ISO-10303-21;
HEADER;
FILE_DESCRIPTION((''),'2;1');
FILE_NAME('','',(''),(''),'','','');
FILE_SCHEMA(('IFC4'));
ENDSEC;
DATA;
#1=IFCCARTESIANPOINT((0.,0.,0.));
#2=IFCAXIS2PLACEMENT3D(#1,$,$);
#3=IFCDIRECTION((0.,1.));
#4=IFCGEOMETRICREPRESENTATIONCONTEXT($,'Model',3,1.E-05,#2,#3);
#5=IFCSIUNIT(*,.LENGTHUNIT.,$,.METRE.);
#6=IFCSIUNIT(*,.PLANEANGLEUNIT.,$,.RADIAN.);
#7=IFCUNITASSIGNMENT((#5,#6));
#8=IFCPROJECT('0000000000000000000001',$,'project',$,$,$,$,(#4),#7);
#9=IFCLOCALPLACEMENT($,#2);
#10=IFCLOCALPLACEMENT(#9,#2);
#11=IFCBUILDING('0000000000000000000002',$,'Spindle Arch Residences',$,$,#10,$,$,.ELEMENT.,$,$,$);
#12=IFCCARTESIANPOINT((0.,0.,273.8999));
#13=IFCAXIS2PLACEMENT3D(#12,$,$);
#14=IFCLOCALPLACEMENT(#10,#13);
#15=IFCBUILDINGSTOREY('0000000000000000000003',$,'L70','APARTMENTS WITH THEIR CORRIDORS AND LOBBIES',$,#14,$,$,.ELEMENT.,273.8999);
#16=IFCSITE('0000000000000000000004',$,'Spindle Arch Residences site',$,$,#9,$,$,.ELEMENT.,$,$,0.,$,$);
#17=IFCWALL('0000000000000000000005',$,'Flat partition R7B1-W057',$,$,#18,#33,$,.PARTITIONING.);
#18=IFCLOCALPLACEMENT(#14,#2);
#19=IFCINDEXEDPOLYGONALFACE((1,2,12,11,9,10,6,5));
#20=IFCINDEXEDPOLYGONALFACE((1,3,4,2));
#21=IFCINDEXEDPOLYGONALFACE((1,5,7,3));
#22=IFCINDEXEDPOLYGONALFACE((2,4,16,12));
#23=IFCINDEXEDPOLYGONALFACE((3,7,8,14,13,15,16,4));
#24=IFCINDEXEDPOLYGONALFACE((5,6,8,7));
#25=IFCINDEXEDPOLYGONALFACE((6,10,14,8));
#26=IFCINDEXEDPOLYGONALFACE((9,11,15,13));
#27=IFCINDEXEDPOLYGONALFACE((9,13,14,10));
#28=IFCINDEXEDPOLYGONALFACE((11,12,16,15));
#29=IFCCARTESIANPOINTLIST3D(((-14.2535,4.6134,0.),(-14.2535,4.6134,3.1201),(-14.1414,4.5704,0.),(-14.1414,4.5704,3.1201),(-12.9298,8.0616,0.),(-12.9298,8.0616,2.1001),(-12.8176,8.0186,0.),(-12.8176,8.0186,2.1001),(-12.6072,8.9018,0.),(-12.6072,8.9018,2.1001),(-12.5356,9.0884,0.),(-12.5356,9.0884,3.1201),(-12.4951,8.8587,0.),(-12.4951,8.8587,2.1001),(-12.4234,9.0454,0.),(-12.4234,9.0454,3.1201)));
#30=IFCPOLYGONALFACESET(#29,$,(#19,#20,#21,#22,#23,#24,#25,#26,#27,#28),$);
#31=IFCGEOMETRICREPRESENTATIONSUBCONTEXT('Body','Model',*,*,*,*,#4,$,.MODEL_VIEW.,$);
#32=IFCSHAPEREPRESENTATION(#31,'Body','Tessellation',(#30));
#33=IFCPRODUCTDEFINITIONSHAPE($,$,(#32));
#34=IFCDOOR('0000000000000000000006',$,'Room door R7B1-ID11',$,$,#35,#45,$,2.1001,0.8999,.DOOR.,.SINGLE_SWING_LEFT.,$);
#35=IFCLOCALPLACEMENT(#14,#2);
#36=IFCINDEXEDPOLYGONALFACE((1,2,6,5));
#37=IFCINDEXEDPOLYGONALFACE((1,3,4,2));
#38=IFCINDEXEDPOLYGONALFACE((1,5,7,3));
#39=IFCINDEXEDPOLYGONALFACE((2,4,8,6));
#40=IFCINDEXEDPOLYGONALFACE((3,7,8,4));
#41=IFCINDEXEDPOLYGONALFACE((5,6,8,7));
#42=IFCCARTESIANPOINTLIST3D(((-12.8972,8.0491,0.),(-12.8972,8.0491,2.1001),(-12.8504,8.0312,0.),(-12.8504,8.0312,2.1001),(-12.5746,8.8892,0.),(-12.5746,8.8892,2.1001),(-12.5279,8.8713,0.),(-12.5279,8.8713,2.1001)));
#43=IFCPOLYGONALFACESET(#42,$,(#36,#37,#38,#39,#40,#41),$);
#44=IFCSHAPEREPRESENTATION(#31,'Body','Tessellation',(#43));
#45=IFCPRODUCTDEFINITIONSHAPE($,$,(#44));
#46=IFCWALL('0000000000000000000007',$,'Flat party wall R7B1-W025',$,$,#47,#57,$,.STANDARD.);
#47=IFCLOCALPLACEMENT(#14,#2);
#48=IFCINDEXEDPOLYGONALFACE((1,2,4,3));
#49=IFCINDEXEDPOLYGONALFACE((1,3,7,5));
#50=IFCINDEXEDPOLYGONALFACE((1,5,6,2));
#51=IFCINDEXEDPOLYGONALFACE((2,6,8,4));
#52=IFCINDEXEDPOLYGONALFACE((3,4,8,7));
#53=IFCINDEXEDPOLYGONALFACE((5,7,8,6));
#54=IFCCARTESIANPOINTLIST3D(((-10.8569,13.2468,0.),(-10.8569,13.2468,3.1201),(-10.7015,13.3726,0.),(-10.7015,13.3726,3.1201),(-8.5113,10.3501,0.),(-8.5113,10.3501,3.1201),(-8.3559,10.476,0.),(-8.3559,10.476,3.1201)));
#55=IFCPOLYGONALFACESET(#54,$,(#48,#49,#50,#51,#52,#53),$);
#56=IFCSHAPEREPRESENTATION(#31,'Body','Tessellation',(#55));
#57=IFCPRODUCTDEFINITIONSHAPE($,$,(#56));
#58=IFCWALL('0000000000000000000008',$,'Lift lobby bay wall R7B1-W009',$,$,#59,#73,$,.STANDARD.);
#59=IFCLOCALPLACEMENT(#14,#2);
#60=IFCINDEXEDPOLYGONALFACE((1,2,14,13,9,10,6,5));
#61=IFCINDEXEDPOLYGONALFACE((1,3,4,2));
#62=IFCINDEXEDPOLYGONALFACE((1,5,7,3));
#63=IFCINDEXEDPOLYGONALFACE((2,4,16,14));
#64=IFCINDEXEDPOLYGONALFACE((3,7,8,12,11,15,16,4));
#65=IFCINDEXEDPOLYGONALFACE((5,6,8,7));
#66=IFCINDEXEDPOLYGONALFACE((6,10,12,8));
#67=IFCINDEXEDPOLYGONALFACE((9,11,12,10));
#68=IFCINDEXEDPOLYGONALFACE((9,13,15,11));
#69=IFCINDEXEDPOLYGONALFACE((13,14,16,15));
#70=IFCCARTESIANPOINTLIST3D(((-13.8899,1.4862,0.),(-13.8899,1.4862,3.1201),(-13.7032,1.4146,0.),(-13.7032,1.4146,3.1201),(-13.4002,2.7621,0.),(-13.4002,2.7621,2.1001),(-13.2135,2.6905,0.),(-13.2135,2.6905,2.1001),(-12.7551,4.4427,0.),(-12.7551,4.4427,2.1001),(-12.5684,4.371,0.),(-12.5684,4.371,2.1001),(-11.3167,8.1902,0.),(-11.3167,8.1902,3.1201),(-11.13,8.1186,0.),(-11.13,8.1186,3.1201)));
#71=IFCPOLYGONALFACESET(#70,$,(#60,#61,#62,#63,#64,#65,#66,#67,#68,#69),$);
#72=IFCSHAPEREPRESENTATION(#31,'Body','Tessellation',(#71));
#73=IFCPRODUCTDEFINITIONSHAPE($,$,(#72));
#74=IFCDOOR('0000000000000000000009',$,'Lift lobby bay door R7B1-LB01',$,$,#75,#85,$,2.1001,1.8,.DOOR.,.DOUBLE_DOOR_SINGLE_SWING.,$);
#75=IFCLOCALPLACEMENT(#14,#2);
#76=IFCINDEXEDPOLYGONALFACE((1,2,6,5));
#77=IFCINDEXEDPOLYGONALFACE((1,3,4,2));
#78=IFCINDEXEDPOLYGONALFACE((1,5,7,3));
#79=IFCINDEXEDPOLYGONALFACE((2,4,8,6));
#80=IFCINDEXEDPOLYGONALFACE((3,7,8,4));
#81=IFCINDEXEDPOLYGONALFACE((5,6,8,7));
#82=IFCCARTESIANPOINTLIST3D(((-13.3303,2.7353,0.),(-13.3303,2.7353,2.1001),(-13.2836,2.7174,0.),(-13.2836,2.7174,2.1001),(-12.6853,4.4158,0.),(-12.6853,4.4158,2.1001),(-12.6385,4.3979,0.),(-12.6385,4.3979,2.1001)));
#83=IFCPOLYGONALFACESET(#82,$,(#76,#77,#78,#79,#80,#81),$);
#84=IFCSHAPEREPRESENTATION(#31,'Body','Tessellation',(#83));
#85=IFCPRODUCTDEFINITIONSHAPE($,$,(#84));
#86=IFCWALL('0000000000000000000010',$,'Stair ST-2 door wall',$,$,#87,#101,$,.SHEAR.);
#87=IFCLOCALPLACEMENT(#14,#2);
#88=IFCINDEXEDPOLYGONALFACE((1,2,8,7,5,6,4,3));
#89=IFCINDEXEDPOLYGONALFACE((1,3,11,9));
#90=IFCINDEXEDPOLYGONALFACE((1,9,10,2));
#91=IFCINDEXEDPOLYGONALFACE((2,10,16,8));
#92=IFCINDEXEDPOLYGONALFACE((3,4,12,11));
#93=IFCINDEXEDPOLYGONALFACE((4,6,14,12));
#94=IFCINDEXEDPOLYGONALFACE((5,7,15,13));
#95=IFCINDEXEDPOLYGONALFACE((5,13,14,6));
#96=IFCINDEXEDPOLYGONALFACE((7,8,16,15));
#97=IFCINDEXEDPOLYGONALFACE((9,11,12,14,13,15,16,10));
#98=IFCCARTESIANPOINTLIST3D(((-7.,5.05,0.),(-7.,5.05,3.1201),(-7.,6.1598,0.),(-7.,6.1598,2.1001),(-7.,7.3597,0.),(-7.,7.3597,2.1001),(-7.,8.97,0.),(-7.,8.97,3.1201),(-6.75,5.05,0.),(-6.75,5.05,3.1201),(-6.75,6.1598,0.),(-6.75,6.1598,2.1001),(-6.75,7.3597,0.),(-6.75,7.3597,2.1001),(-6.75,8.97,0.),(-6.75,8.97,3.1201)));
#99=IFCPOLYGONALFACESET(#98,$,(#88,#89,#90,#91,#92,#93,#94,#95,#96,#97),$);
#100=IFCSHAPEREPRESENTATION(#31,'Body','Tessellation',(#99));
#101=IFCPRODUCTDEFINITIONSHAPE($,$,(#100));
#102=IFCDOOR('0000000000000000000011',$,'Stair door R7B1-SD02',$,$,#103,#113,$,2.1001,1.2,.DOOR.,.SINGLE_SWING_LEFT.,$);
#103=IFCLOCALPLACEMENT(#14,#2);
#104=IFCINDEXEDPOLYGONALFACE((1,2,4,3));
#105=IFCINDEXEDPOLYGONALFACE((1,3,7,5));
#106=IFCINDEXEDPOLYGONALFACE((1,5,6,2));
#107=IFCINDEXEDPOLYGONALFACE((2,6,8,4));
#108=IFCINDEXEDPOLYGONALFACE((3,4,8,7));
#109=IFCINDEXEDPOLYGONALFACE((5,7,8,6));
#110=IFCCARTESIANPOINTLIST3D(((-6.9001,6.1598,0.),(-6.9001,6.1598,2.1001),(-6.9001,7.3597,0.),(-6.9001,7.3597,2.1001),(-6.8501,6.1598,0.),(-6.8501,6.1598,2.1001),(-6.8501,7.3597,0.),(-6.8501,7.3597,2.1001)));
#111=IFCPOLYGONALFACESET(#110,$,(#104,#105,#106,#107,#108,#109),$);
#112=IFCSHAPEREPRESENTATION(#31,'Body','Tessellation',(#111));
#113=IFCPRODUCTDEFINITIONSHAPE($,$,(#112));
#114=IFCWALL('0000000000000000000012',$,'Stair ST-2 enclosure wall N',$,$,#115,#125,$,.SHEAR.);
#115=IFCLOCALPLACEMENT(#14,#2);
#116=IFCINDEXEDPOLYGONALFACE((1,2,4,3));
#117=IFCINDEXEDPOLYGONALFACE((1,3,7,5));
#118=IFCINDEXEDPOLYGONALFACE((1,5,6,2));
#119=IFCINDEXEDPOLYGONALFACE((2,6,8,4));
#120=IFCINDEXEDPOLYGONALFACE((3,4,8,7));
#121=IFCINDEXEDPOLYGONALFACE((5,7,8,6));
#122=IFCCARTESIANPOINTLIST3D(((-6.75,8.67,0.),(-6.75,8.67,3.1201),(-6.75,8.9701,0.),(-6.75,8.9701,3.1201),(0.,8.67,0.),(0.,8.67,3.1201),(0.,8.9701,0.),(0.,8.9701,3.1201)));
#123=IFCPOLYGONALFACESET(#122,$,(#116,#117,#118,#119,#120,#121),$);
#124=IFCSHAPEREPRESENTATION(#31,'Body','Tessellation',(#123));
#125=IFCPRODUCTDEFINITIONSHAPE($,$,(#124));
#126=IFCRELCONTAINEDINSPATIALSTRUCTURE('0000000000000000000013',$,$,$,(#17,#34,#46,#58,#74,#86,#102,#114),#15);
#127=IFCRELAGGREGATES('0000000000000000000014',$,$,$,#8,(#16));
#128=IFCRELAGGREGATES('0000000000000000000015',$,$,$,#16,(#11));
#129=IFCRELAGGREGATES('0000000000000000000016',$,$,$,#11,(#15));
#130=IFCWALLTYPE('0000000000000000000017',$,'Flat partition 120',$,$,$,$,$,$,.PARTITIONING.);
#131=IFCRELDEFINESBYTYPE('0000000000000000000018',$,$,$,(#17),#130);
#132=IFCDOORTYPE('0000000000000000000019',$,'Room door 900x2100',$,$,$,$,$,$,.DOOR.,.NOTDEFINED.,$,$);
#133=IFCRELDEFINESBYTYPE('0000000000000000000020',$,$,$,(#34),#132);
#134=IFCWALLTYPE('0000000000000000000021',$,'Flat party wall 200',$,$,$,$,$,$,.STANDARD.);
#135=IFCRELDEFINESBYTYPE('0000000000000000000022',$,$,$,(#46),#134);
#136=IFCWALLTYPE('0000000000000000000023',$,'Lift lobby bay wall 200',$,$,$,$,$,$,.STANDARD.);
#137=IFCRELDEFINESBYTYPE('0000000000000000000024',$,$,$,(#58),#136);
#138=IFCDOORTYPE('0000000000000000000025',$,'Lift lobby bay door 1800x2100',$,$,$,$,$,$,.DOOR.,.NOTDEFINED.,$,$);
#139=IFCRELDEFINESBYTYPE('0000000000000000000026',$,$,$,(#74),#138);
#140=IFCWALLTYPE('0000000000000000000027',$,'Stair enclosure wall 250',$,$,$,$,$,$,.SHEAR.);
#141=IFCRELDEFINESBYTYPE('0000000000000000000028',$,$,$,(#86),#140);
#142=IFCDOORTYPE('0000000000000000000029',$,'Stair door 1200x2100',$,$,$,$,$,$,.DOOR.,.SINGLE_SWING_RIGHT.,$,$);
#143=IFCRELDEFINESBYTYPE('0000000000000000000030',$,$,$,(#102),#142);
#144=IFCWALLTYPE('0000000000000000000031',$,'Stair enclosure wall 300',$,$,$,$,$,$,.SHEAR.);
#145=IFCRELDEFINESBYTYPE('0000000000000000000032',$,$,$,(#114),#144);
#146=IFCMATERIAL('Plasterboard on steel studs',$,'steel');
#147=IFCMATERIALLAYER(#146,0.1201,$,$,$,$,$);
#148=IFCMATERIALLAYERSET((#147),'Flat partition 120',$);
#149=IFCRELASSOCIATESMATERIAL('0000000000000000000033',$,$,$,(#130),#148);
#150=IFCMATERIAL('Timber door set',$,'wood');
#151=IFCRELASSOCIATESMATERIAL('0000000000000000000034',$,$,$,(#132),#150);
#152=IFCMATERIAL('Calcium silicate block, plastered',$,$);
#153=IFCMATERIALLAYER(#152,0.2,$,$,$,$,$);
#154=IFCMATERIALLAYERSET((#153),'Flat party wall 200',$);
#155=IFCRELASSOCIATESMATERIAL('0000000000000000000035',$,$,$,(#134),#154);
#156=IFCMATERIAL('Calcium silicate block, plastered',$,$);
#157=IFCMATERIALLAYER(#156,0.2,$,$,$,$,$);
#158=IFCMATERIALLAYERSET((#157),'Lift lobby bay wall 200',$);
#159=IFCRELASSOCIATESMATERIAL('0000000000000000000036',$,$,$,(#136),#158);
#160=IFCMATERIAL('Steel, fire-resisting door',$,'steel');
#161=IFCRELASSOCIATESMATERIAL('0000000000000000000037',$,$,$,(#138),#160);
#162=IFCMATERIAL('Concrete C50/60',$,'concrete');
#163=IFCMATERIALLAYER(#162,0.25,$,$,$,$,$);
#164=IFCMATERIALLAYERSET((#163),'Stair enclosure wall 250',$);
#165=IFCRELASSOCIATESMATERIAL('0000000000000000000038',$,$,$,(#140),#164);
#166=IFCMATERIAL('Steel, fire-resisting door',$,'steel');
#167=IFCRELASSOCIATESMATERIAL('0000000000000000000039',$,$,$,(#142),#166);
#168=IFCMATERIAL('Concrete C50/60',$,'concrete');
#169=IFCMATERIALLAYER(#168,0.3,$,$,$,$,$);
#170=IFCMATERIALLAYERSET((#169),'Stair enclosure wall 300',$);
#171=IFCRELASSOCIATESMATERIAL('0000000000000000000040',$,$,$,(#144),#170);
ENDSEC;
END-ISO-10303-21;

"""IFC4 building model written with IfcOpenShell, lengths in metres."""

from ifc_helpers import new_model, si_unit, direction, frame, frame_2d, origin, place, context, subcontext, project, spatial, rectangle, extrude, material, layer, layer_set, type_object, element, fill, save


model = new_model("IFC4")

# Units and contexts
model_context = context("Model", 3, precision=1e-05, world=origin(), true_north=direction((0.0, 1.0)))
body_context = subcontext(model_context, "Body", "Model", "MODEL_VIEW")
ifc_project = project(units=[si_unit("LENGTHUNIT", "METRE"), si_unit("PLANEANGLEUNIT", "RADIAN")], contexts=[model_context])

# Site, building, storey
site_placement = place(None, origin())
site = spatial("IfcSite", under=ifc_project, at=site_placement, Name="Spindle Arch Residences site", CompositionType="ELEMENT", RefElevation=0.0)
building_placement = place(site_placement, origin())
building = spatial("IfcBuilding", under=site, at=building_placement, Name="Spindle Arch Residences", CompositionType="ELEMENT")
storey_placement = place(building_placement, frame((0.0, 0.0, 273.8999)))
storey = spatial("IfcBuildingStorey", under=building, at=storey_placement, Name="L70", Description="APARTMENTS WITH THEIR CORRIDORS AND LOBBIES", CompositionType="ELEMENT", Elevation=273.8999)

# Shared definitions
ifc_material_1 = material(Name="Plasterboard on steel studs", Category="steel")
ifc_layer_1 = layer(ifc_material_1, 0.1201)
ifc_layer_set_1 = layer_set([ifc_layer_1], Name="Flat partition 120")
wall_type_1 = type_object("IfcWallType", Name="Flat partition 120", PredefinedType="PARTITIONING", material=ifc_layer_set_1)

# Shared definitions
ifc_material_2 = material(Name="Timber door set", Category="wood")
door_type_1 = type_object("IfcDoorType", Name="Room door 900x2100", OperationType="NOTDEFINED", PredefinedType="DOOR", material=ifc_material_2)

# Wall, opening, door
wall_1_placement = place(storey_placement, frame((-12.4795, 9.0669, 0.0), z_axis=(0.0, 0.0, 1.0), x_axis=(-0.358402, -0.933567, 0.0)))
wall_1 = element("IfcWall", 1, at=wall_1_placement, inside=storey, type_object=wall_type_1, Name="Flat partition R7B1-W057", PredefinedType="PARTITIONING", context=body_context, shape_type="SweptSolid", body=[
    extrude(rectangle(XDim=4.7935, YDim=0.1201, at=frame_2d((2.3967, 0.0))), origin(), (0.0, 0.0, 1.0), 3.1201),
])
opening_1_placement = place(wall_1_placement, frame((0.2, 0.0, 0.0)))
opening_1 = element("IfcOpeningElement", 2, at=opening_1_placement, cuts=wall_1, PredefinedType="OPENING", context=body_context, shape_type="SweptSolid", body=[
    extrude(rectangle(XDim=0.8999, YDim=2.1001, at=frame_2d((0.45, 1.05))), frame((0.0, 0.0701, 0.0), z_axis=(0.0, -1.0, 0.0), x_axis=(1.0, 0.0, 0.0)), (0.0, 0.0, 1.0), 0.1401),
])
door_1_placement = place(opening_1_placement, origin())
door_1 = element("IfcDoor", 3, at=door_1_placement, inside=storey, type_object=door_type_1, Name="Room door R7B1-ID11", OperationType="SINGLE_SWING_LEFT", OverallHeight=2.1001, OverallWidth=0.8999, PredefinedType="DOOR", context=body_context, shape_type="SweptSolid", body=[
    extrude(rectangle(XDim=0.8999, YDim=2.1001, at=frame_2d((0.45, 1.05))), frame((0.0, 0.0249, 0.0), z_axis=(0.0, -1.0, 0.0), x_axis=(1.0, 0.0, 0.0)), (0.0, 0.0, 1.0), 0.05),
])
fill(opening_1, door_1)

# Wall
ifc_material_3 = material(Name="Calcium silicate block, plastered")
ifc_layer_2 = layer(ifc_material_3, 0.2)
ifc_layer_set_2 = layer_set([ifc_layer_2], Name="Flat party wall 200")
wall_type_2 = type_object("IfcWallType", Name="Flat party wall 200", PredefinedType="STANDARD", material=ifc_layer_set_2)
wall_2_placement = place(storey_placement, frame((-10.7793, 13.3098, 0.0), z_axis=(0.0, 0.0, 1.0), x_axis=(0.629317, -0.777149, 0.0)))
element("IfcWall", 4, at=wall_2_placement, inside=storey, type_object=wall_type_2, Name="Flat party wall R7B1-W025", PredefinedType="STANDARD", context=body_context, shape_type="SweptSolid", body=[
    extrude(rectangle(XDim=3.7273, YDim=0.2, at=frame_2d((1.8638, 0.0))), origin(), (0.0, 0.0, 1.0), 3.1201),
])

# Walls, openings, doors
ifc_material_4 = material(Name="Calcium silicate block, plastered")
ifc_layer_3 = layer(ifc_material_4, 0.2)
ifc_layer_set_3 = layer_set([ifc_layer_3], Name="Lift lobby bay wall 200")
wall_type_3 = type_object("IfcWallType", Name="Lift lobby bay wall 200", PredefinedType="STANDARD", material=ifc_layer_set_3)
wall_3_placement = place(storey_placement, frame((-11.2234, 8.1543, 0.0), z_axis=(0.0, 0.0, 1.0), x_axis=(-0.358341, -0.933591, 0.0)))
wall_3 = element("IfcWall", 5, at=wall_3_placement, inside=storey, type_object=wall_type_3, Name="Lift lobby bay wall R7B1-W009", PredefinedType="STANDARD", context=body_context, shape_type="SweptSolid", body=[
    extrude(rectangle(XDim=7.1809, YDim=0.2, at=frame_2d((3.5903, 0.0))), origin(), (0.0, 0.0, 1.0), 3.1201),
])
opening_2_placement = place(wall_3_placement, frame((4.0142, 0.0, 0.0)))
opening_2 = element("IfcOpeningElement", 6, at=opening_2_placement, cuts=wall_3, PredefinedType="OPENING", context=body_context, shape_type="SweptSolid", body=[
    extrude(rectangle(XDim=1.8, YDim=2.1001, at=frame_2d((0.8999, 1.05))), frame((0.0, 0.1099, 0.0), z_axis=(0.0, -1.0, 0.0), x_axis=(1.0, 0.0, 0.0)), (0.0, 0.0, 1.0), 0.22),
])
ifc_material_5 = material(Name="Steel, fire-resisting door", Category="steel")
door_type_2 = type_object("IfcDoorType", Name="Lift lobby bay door 1800x2100", OperationType="NOTDEFINED", PredefinedType="DOOR", material=ifc_material_5)
door_2_placement = place(opening_2_placement, origin())
door_2 = element("IfcDoor", 7, at=door_2_placement, inside=storey, type_object=door_type_2, Name="Lift lobby bay door R7B1-LB01", OperationType="DOUBLE_DOOR_SINGLE_SWING", OverallHeight=2.1001, OverallWidth=1.8, PredefinedType="DOOR", context=body_context, shape_type="SweptSolid", body=[
    extrude(rectangle(XDim=1.8, YDim=2.1001, at=frame_2d((0.8999, 1.05))), frame((0.0, 0.0249, 0.0), z_axis=(0.0, -1.0, 0.0), x_axis=(1.0, 0.0, 0.0)), (0.0, 0.0, 1.0), 0.05),
])
fill(opening_2, door_2)
ifc_material_6 = material(Name="Concrete C50/60", Category="concrete")
ifc_layer_4 = layer(ifc_material_6, 0.25)
ifc_layer_set_4 = layer_set([ifc_layer_4], Name="Stair enclosure wall 250")
wall_type_4 = type_object("IfcWallType", Name="Stair enclosure wall 250", PredefinedType="SHEAR", material=ifc_layer_set_4)
wall_4_placement = place(storey_placement, frame((-6.875, 8.97, 0.0), z_axis=(0.0, 0.0, 1.0), x_axis=(0.0, -1.0, 0.0)))
wall_4 = element("IfcWall", 8, at=wall_4_placement, inside=storey, type_object=wall_type_4, Name="Stair ST-2 door wall", PredefinedType="SHEAR", context=body_context, shape_type="SweptSolid", body=[
    extrude(rectangle(XDim=3.9199, YDim=0.25, at=frame_2d((1.96, 0.0))), origin(), (0.0, 0.0, 1.0), 3.1201),
])
opening_3_placement = place(wall_4_placement, frame((1.6101, 0.0, 0.0)))
opening_3 = element("IfcOpeningElement", 9, at=opening_3_placement, cuts=wall_4, PredefinedType="OPENING", context=body_context, shape_type="SweptSolid", body=[
    extrude(rectangle(XDim=1.2, YDim=2.1001, at=frame_2d((0.6001, 1.05))), frame((0.0, 0.135, 0.0), z_axis=(0.0, -1.0, 0.0), x_axis=(1.0, 0.0, 0.0)), (0.0, 0.0, 1.0), 0.27),
])
ifc_material_7 = material(Name="Steel, fire-resisting door", Category="steel")
door_type_3 = type_object("IfcDoorType", Name="Stair door 1200x2100", OperationType="SINGLE_SWING_RIGHT", PredefinedType="DOOR", material=ifc_material_7)
door_3_placement = place(opening_3_placement, origin())
door_3 = element("IfcDoor", 10, at=door_3_placement, inside=storey, type_object=door_type_3, Name="Stair door R7B1-SD02", OperationType="SINGLE_SWING_LEFT", OverallHeight=2.1001, OverallWidth=1.2, PredefinedType="DOOR", context=body_context, shape_type="SweptSolid", body=[
    extrude(rectangle(XDim=1.2, YDim=2.1001, at=frame_2d((0.6001, 1.05))), frame((0.0, 0.0249, 0.0), z_axis=(0.0, -1.0, 0.0), x_axis=(1.0, 0.0, 0.0)), (0.0, 0.0, 1.0), 0.05),
])
fill(opening_3, door_3)

# Wall
ifc_material_8 = material(Name="Concrete C50/60", Category="concrete")
ifc_layer_5 = layer(ifc_material_8, 0.3)
ifc_layer_set_5 = layer_set([ifc_layer_5], Name="Stair enclosure wall 300")
wall_type_5 = type_object("IfcWallType", Name="Stair enclosure wall 300", PredefinedType="SHEAR", material=ifc_layer_set_5)
wall_5_placement = place(storey_placement, frame((-6.75, 8.8201, 0.0), z_axis=(0.0, 0.0, 1.0), x_axis=(1.0, 0.0, 0.0)))
element("IfcWall", 11, at=wall_5_placement, inside=storey, type_object=wall_type_5, Name="Stair ST-2 enclosure wall N", PredefinedType="SHEAR", context=body_context, shape_type="SweptSolid", body=[
    extrude(rectangle(XDim=6.75, YDim=0.3, at=frame_2d((3.375, 0.0))), origin(), (0.0, 0.0, 1.0), 3.1201),
])

save(model, "model.ifc")
